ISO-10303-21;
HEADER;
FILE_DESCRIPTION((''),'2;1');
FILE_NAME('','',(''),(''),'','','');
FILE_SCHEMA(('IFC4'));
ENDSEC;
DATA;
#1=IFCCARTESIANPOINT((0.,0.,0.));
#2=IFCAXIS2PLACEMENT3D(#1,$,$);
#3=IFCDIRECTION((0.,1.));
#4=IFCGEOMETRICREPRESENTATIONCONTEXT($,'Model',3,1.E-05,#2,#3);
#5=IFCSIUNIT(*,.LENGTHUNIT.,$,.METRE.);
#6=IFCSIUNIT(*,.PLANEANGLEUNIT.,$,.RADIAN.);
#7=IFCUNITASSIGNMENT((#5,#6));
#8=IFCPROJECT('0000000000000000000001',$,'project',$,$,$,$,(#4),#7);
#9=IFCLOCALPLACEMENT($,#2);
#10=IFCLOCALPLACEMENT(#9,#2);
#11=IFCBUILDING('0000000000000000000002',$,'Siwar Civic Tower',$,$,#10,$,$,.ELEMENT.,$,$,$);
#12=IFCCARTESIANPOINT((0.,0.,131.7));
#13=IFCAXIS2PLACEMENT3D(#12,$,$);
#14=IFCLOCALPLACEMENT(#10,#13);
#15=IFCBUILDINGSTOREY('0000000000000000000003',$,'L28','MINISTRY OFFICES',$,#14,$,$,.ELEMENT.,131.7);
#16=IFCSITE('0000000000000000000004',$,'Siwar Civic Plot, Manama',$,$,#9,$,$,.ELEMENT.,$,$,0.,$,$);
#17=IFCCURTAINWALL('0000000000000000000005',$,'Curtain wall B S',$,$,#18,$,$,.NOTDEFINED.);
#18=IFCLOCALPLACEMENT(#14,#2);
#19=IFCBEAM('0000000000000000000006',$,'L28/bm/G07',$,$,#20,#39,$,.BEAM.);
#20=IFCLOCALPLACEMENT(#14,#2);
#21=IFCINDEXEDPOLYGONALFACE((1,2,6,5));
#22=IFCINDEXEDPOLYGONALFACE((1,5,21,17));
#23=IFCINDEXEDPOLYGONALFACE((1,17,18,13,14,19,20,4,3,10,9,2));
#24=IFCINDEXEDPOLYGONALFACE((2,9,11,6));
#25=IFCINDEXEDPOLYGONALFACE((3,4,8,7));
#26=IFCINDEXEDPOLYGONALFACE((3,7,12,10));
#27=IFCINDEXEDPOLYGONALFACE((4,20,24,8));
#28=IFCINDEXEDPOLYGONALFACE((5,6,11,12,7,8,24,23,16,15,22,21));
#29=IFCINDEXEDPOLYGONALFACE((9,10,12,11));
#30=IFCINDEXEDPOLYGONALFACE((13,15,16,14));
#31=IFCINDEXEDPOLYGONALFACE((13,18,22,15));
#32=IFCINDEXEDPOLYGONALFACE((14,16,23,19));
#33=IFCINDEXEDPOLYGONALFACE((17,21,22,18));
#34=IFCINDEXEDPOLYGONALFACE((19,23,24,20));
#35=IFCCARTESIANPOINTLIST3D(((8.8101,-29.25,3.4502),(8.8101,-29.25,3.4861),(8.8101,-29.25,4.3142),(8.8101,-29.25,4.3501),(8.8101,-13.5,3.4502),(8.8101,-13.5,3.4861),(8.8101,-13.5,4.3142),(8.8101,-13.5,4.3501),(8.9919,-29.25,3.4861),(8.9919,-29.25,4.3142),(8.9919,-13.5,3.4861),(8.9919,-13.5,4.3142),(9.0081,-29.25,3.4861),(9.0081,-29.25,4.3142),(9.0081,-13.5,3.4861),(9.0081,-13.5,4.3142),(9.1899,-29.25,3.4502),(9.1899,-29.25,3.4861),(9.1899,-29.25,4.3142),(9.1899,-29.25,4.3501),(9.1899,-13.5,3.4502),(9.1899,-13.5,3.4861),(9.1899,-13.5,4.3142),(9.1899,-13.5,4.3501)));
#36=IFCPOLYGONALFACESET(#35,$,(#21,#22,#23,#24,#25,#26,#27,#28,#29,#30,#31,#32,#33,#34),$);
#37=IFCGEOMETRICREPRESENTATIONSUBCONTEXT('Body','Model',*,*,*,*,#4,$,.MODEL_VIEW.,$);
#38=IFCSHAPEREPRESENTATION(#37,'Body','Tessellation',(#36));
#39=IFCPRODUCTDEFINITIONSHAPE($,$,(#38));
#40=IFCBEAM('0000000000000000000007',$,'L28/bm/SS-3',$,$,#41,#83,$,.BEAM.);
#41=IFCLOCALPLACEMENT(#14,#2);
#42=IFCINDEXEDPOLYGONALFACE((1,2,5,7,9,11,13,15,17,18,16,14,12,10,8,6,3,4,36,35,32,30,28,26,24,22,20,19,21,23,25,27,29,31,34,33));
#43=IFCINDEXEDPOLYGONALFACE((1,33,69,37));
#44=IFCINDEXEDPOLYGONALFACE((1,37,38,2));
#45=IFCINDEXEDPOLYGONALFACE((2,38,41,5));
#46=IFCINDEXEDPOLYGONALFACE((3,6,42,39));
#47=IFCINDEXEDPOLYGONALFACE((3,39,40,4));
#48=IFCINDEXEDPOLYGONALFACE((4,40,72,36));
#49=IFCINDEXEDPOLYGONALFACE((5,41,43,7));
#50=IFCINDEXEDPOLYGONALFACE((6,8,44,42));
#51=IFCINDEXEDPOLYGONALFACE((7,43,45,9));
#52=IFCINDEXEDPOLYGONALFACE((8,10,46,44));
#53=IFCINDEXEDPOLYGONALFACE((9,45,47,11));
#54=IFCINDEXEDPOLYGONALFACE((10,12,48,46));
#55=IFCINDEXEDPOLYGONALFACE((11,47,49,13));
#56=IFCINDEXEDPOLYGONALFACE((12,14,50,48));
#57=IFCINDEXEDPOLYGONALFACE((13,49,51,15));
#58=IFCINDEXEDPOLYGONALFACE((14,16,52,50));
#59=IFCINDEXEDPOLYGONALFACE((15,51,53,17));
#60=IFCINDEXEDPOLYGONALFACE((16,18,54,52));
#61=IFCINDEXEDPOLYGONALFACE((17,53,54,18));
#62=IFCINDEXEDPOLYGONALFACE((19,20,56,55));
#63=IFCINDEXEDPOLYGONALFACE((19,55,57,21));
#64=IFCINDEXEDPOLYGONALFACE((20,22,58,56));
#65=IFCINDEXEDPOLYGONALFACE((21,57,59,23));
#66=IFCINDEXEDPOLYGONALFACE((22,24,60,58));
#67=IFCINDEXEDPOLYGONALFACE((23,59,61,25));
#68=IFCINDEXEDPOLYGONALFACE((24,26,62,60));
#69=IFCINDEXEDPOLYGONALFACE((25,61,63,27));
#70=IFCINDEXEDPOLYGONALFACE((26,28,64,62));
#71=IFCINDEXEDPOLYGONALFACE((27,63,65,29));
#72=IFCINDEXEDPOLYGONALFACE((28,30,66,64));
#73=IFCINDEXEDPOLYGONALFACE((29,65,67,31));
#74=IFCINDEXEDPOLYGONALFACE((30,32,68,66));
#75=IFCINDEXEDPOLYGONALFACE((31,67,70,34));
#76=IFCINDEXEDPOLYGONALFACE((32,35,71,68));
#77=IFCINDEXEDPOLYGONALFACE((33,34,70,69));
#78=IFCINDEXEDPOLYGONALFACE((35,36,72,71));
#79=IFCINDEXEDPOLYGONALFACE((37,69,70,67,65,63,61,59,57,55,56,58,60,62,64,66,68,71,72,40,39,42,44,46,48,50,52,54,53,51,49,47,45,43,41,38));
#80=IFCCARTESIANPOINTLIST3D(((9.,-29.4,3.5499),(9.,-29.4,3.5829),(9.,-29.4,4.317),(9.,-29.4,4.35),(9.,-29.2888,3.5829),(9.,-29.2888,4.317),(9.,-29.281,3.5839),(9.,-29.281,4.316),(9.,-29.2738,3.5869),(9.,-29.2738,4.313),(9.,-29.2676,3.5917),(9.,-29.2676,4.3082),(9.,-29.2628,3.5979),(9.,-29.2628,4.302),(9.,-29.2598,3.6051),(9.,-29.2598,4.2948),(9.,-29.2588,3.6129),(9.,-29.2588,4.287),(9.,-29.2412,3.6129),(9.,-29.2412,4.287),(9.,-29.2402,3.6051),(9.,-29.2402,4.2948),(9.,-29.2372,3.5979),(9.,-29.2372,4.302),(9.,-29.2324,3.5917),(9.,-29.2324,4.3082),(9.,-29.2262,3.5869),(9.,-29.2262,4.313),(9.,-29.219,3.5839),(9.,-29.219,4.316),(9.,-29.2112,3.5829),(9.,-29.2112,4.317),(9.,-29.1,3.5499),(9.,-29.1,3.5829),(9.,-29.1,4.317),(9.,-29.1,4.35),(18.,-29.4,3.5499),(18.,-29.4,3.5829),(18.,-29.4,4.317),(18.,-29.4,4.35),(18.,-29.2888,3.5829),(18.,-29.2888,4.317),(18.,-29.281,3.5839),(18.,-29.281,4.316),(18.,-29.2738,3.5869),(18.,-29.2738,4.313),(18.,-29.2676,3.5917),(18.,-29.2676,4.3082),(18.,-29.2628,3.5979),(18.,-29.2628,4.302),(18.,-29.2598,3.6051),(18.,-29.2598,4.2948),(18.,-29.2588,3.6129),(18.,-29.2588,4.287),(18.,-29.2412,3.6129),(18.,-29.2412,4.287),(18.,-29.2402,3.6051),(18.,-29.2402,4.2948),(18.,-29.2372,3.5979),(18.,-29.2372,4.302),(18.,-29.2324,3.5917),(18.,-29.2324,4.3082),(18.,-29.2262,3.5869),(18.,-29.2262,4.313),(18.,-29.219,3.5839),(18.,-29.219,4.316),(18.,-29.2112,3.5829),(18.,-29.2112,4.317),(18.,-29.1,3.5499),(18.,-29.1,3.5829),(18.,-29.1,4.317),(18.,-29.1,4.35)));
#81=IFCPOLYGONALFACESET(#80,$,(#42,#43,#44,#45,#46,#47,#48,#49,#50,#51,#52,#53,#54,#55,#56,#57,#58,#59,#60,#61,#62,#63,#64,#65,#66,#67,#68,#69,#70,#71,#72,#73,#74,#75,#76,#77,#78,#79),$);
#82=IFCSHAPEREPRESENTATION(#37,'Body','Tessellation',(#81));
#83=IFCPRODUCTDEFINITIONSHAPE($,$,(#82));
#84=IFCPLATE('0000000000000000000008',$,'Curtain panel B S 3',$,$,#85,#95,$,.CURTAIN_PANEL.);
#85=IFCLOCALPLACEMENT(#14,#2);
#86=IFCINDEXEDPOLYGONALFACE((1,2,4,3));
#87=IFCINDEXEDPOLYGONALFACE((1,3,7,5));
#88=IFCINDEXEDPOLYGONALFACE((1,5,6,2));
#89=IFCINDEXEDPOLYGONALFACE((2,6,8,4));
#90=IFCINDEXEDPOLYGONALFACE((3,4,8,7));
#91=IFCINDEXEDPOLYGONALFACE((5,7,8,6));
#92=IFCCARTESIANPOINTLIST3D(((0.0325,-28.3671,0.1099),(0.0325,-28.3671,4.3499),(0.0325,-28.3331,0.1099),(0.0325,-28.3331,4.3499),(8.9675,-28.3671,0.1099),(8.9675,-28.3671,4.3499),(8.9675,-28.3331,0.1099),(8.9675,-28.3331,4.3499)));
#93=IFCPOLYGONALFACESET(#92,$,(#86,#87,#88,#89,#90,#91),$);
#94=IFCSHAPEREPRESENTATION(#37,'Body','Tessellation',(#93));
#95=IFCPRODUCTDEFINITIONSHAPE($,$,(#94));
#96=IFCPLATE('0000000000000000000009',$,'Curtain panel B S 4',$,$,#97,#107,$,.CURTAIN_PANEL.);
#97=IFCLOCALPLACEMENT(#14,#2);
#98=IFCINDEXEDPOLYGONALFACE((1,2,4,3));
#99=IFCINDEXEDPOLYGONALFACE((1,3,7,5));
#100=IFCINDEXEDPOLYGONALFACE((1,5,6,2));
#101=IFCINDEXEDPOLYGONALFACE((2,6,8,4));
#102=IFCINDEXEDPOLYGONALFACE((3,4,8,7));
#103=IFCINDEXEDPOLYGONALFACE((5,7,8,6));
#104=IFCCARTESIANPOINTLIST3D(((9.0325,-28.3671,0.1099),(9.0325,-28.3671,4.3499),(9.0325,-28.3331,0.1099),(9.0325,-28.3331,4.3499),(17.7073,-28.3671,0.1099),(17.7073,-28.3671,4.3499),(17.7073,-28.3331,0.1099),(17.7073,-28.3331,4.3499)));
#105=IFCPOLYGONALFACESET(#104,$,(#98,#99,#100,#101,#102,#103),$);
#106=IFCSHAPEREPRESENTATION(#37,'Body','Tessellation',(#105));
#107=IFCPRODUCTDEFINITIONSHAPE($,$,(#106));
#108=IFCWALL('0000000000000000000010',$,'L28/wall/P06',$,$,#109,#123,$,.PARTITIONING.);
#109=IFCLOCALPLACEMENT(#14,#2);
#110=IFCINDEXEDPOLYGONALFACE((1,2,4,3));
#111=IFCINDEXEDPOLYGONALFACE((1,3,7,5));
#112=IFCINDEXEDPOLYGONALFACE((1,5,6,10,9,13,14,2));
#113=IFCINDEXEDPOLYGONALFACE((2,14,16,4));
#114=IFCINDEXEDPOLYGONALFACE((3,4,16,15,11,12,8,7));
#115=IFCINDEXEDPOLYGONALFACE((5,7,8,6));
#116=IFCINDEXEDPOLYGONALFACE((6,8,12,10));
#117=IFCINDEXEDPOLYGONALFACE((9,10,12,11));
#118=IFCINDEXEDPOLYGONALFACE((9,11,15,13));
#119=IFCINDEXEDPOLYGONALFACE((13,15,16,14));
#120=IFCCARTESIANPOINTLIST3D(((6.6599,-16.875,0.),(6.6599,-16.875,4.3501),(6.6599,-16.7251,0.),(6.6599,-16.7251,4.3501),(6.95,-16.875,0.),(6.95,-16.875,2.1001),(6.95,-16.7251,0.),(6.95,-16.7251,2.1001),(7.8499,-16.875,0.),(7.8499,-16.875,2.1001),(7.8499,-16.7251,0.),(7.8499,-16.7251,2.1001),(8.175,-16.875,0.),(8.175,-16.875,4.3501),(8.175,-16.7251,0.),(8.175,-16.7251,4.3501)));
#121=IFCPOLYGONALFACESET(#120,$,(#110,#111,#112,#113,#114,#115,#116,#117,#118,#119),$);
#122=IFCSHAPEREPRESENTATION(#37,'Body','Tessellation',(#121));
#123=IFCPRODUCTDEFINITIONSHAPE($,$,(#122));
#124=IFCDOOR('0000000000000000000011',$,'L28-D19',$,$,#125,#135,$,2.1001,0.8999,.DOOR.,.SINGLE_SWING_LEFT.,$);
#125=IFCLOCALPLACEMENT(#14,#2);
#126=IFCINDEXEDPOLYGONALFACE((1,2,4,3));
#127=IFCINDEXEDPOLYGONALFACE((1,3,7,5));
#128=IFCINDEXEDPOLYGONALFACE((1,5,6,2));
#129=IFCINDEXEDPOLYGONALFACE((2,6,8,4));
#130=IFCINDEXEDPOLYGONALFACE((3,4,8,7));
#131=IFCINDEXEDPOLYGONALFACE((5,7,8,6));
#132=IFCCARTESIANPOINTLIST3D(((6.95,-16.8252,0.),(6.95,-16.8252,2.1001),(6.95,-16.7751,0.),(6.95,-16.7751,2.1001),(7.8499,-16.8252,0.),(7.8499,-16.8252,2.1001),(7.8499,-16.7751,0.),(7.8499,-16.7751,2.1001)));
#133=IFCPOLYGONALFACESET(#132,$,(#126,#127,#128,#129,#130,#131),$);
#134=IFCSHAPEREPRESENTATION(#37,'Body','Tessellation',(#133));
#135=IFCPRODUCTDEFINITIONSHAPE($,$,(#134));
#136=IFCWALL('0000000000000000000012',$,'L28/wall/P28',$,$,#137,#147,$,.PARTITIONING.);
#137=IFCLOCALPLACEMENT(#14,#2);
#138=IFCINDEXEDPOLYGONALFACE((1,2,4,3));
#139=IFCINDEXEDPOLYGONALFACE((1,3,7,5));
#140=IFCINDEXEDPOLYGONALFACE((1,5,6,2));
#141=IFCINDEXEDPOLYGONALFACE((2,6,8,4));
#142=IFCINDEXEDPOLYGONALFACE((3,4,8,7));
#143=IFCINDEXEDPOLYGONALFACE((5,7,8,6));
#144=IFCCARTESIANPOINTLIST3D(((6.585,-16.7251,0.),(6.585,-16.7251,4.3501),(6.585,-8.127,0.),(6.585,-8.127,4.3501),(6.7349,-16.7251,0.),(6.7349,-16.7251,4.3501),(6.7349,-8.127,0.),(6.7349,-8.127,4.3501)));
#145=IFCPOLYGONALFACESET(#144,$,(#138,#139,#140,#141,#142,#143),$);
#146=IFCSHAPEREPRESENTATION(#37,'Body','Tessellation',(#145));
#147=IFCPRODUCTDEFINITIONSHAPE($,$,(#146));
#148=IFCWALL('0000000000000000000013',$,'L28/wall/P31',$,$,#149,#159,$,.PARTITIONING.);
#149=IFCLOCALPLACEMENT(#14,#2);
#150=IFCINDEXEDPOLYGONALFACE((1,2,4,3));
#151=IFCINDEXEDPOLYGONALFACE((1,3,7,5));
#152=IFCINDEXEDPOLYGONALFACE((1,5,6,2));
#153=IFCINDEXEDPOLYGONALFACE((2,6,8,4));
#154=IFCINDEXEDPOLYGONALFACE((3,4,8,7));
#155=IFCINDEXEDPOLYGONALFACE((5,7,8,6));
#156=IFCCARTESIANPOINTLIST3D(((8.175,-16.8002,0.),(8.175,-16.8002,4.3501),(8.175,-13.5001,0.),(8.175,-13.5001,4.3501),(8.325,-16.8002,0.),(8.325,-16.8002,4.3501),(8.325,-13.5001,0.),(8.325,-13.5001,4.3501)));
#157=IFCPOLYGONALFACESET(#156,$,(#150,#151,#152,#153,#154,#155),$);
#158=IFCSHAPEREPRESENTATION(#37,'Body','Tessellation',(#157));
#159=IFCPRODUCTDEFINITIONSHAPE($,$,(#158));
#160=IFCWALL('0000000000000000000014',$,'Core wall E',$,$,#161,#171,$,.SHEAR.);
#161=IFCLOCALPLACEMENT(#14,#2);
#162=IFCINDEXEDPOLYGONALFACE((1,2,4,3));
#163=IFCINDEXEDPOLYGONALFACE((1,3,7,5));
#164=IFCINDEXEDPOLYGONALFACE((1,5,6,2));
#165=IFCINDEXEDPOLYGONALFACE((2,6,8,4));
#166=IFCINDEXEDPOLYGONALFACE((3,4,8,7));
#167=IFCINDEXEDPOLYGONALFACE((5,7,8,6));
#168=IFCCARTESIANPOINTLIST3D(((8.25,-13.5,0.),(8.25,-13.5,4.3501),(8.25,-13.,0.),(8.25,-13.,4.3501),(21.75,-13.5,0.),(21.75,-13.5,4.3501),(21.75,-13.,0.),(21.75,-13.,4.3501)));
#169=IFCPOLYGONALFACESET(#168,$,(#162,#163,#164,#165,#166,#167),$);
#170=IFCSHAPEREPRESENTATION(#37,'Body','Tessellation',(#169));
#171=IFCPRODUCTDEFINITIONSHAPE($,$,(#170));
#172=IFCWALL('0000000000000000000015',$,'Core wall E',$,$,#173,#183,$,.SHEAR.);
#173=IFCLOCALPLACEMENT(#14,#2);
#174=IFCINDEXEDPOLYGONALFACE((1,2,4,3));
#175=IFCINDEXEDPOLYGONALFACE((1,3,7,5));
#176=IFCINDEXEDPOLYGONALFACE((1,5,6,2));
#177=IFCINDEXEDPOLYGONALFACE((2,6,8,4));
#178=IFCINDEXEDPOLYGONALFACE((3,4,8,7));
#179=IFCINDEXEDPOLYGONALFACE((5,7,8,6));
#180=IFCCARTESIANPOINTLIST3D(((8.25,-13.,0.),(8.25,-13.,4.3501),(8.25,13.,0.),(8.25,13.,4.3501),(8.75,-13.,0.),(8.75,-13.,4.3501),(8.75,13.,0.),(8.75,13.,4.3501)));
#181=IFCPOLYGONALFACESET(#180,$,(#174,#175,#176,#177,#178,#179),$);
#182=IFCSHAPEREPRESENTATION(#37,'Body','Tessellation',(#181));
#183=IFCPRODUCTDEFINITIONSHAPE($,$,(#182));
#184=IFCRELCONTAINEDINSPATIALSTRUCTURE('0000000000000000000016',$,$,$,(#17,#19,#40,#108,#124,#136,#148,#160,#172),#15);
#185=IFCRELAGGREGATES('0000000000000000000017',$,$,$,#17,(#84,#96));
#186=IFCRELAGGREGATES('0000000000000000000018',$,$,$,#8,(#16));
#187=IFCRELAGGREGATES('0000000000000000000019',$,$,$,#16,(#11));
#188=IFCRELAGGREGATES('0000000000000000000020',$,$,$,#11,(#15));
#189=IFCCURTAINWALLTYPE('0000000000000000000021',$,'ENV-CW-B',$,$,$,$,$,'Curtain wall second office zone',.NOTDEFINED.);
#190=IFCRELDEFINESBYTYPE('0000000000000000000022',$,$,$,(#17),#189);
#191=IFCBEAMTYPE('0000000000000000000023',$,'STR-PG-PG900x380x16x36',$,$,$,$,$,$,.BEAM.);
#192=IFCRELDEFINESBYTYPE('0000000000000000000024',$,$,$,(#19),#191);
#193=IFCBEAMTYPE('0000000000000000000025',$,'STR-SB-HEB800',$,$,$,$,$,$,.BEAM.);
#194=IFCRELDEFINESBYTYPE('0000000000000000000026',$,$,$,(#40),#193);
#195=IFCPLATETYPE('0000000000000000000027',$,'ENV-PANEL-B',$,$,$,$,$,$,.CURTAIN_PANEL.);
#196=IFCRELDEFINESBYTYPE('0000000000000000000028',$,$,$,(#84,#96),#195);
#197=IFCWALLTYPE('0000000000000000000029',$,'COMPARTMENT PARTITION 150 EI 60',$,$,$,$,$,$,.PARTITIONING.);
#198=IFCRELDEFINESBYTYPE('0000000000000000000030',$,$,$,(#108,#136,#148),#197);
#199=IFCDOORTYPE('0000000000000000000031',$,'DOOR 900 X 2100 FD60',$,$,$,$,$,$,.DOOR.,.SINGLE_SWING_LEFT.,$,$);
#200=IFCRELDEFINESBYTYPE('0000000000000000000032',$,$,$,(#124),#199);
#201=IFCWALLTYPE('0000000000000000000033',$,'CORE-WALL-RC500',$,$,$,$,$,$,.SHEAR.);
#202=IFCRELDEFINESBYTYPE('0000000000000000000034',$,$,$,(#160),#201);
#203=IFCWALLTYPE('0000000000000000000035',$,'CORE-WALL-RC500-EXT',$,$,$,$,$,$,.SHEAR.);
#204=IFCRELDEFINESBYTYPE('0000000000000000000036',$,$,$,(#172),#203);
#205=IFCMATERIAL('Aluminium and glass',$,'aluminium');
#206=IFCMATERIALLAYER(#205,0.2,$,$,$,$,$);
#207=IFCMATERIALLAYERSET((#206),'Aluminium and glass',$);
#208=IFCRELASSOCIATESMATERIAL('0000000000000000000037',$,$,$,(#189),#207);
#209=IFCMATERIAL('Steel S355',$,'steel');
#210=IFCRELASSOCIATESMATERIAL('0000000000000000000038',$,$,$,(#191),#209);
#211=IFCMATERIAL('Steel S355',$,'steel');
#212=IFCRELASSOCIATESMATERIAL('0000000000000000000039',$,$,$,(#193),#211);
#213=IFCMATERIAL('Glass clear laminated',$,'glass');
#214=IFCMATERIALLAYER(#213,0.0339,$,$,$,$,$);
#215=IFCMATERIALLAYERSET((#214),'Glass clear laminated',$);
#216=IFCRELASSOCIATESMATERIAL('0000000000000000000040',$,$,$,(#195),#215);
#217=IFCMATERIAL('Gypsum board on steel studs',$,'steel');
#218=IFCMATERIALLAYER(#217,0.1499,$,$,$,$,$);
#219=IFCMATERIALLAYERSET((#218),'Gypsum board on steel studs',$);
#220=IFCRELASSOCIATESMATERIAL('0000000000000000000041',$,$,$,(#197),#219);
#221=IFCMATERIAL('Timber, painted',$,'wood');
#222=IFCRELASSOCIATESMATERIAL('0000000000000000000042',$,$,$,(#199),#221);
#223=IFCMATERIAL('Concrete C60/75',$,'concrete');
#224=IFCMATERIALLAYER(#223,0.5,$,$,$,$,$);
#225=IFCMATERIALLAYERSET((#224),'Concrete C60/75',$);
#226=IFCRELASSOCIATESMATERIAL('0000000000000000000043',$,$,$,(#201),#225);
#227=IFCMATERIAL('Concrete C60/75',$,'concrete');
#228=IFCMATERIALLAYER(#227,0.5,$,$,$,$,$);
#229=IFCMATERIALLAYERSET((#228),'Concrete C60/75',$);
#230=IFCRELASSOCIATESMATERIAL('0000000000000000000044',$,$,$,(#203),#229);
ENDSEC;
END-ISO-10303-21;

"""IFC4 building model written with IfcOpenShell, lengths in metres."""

from ifc_helpers import new_model, si_unit, direction, frame, frame_2d, origin, origin_2d, place, context, subcontext, project, spatial, rectangle, i_section, extrude, material, layer, layer_set, material_profile, profile_set, type_object, element, fill, aggregate, save


model = new_model("IFC4")

# Units and contexts
model_context = context("Model", 3, precision=1e-05, world=origin(), true_north=direction((0.0, 1.0)))
body_context = subcontext(model_context, "Body", "Model", "MODEL_VIEW")
ifc_project = project(units=[si_unit("LENGTHUNIT", "METRE"), si_unit("PLANEANGLEUNIT", "RADIAN")], contexts=[model_context])

# Site, building, storey
site_placement = place(None, origin())
site = spatial("IfcSite", under=ifc_project, at=site_placement, Name="Siwar Civic Plot, Manama", CompositionType="ELEMENT", RefElevation=0.0)
building_placement = place(site_placement, origin())
building = spatial("IfcBuilding", under=site, at=building_placement, Name="Siwar Civic Tower", CompositionType="ELEMENT")
storey_placement = place(building_placement, frame((0.0, 0.0, 131.7)))
storey = spatial("IfcBuildingStorey", under=building, at=storey_placement, Name="L28", Description="MINISTRY OFFICES", CompositionType="ELEMENT", Elevation=131.7)

# Curtain wall
ifc_material_1 = material(Name="Aluminium and glass", Category="aluminium")
ifc_layer_1 = layer(ifc_material_1, 0.2)
ifc_layer_set_1 = layer_set([ifc_layer_1], Name="Aluminium and glass")
curtain_wall_type = type_object("IfcCurtainWallType", Name="ENV-CW-B", ElementType="Curtain wall second office zone", PredefinedType="NOTDEFINED", material=ifc_layer_set_1)
curtain_wall_placement = place(storey_placement, origin())
curtain_wall = element("IfcCurtainWall", 1, at=curtain_wall_placement, inside=storey, type_object=curtain_wall_type, Name="Curtain wall B S", PredefinedType="NOTDEFINED")

# Beams
ifc_material_2 = material(Name="Steel S355", Category="steel")
ifc_material_profile_1 = material_profile(ifc_material_2, i_section(OverallWidth=0.3799, OverallDepth=0.8999, WebThickness=0.0161, FlangeThickness=0.0359, at=origin_2d()), Name="PG900x380x16x36")
ifc_profile_set_1 = profile_set([ifc_material_profile_1], Name="Steel S355")
beam_type_1 = type_object("IfcBeamType", Name="STR-PG-PG900x380x16x36", PredefinedType="BEAM", material=ifc_profile_set_1)
beam_1_placement = place(storey_placement, frame((9.0, -29.25, 3.9001), z_axis=(0.0, 1.0, 0.0), x_axis=(-1.0, 0.0, 0.0)))
element("IfcBeam", 2, at=beam_1_placement, inside=storey, type_object=beam_type_1, Name="L28/bm/G07", PredefinedType="BEAM", context=body_context, shape_type="SweptSolid", body=[
    extrude(i_section(OverallWidth=0.3799, OverallDepth=0.8999, WebThickness=0.0161, FlangeThickness=0.0359, at=origin_2d()), origin(), (0.0, 0.0, 1.0), 15.75),
])
ifc_material_3 = material(Name="Steel S355", Category="steel")
ifc_material_profile_2 = material_profile(ifc_material_3, i_section(OverallWidth=0.3, OverallDepth=0.8, WebThickness=0.0176, FlangeThickness=0.033, FilletRadius=0.03, at=origin_2d()), Name="HEB800")
ifc_profile_set_2 = profile_set([ifc_material_profile_2], Name="Steel S355")
beam_type_2 = type_object("IfcBeamType", Name="STR-SB-HEB800", PredefinedType="BEAM", material=ifc_profile_set_2)
beam_2_placement = place(storey_placement, frame((9.0, -29.25, 3.95), z_axis=(1.0, 0.0, 0.0), x_axis=(0.0, 1.0, 0.0)))
element("IfcBeam", 3, at=beam_2_placement, inside=storey, type_object=beam_type_2, Name="L28/bm/SS-3", PredefinedType="BEAM", context=body_context, shape_type="SweptSolid", body=[
    extrude(i_section(OverallWidth=0.3, OverallDepth=0.8, WebThickness=0.0176, FlangeThickness=0.033, FilletRadius=0.03, at=origin_2d()), origin(), (0.0, 0.0, 1.0), 9.0),
])

# Plates
ifc_material_4 = material(Name="Glass clear laminated", Category="glass")
ifc_layer_2 = layer(ifc_material_4, 0.0339)
ifc_layer_set_2 = layer_set([ifc_layer_2], Name="Glass clear laminated")
plate_type = type_object("IfcPlateType", Name="ENV-PANEL-B", PredefinedType="CURTAIN_PANEL", material=ifc_layer_set_2)
plate_1_placement = place(storey_placement, frame((4.5, -28.3501, 0.1099), z_axis=(0.0, 0.0, 1.0), x_axis=(1.0, 0.0, 0.0)))
plate_1 = element("IfcPlate", 4, at=plate_1_placement, type_object=plate_type, Name="Curtain panel B S 3", PredefinedType="CURTAIN_PANEL", context=body_context, shape_type="SweptSolid", body=[
    extrude(rectangle(XDim=8.9351, YDim=0.0339, at=origin_2d()), origin(), (0.0, 0.0, 1.0), 4.24),
])
plate_2_placement = place(storey_placement, frame((13.3699, -28.3501, 0.1099), z_axis=(0.0, 0.0, 1.0), x_axis=(1.0, 0.0, 0.0)))
plate_2 = element("IfcPlate", 5, at=plate_2_placement, type_object=plate_type, Name="Curtain panel B S 4", PredefinedType="CURTAIN_PANEL", context=body_context, shape_type="SweptSolid", body=[
    extrude(rectangle(XDim=8.6748, YDim=0.0339, at=origin_2d()), origin(), (0.0, 0.0, 1.0), 4.24),
])
aggregate(curtain_wall, [plate_1, plate_2])

# Wall, opening, door
ifc_material_5 = material(Name="Gypsum board on steel studs", Category="steel")
ifc_layer_3 = layer(ifc_material_5, 0.1499)
ifc_layer_set_3 = layer_set([ifc_layer_3], Name="Gypsum board on steel studs")
wall_type_1 = type_object("IfcWallType", Name="COMPARTMENT PARTITION 150 EI 60", PredefinedType="PARTITIONING", material=ifc_layer_set_3)
wall_1_placement = place(storey_placement, frame((6.6599, -16.8, 0.0), z_axis=(0.0, 0.0, 1.0), x_axis=(1.0, 0.0, 0.0)))
wall_1 = element("IfcWall", 6, at=wall_1_placement, inside=storey, type_object=wall_type_1, Name="L28/wall/P06", PredefinedType="PARTITIONING", context=body_context, shape_type="SweptSolid", body=[
    extrude(rectangle(XDim=1.5151, YDim=0.1499, at=frame_2d((0.7576, 0.0))), origin(), (0.0, 0.0, 1.0), 4.3501),
])
opening_placement = place(wall_1_placement, frame((0.29, 0.0, 0.0)))
opening = element("IfcOpeningElement", 7, at=opening_placement, cuts=wall_1, PredefinedType="OPENING", context=body_context, shape_type="SweptSolid", body=[
    extrude(rectangle(XDim=0.8999, YDim=2.1001, at=frame_2d((0.45, 1.05))), frame((0.0, 0.085, 0.0), z_axis=(0.0, -1.0, 0.0), x_axis=(1.0, 0.0, 0.0)), (0.0, 0.0, 1.0), 0.1699),
])
ifc_material_6 = material(Name="Timber, painted", Category="wood")
door_type = type_object("IfcDoorType", Name="DOOR 900 X 2100 FD60", OperationType="SINGLE_SWING_LEFT", PredefinedType="DOOR", material=ifc_material_6)
door_placement = place(opening_placement, origin())
door = element("IfcDoor", 8, at=door_placement, inside=storey, type_object=door_type, Name="L28-D19", OperationType="SINGLE_SWING_LEFT", OverallHeight=2.1001, OverallWidth=0.8999, PredefinedType="DOOR", context=body_context, shape_type="SweptSolid", body=[
    extrude(rectangle(XDim=0.8999, YDim=2.1001, at=frame_2d((0.45, 1.05))), frame((0.0, 0.0249, 0.0), z_axis=(0.0, -1.0, 0.0), x_axis=(1.0, 0.0, 0.0)), (0.0, 0.0, 1.0), 0.05),
])
fill(opening, door)

# Walls
wall_2_placement = place(storey_placement, frame((6.6599, -16.7251, 0.0), z_axis=(0.0, 0.0, 1.0), x_axis=(0.0, 1.0, 0.0)))
element("IfcWall", 9, at=wall_2_placement, inside=storey, type_object=wall_type_1, Name="L28/wall/P28", PredefinedType="PARTITIONING", context=body_context, shape_type="SweptSolid", body=[
    extrude(rectangle(XDim=8.5981, YDim=0.1499, at=frame_2d((4.2991, 0.0))), origin(), (0.0, 0.0, 1.0), 4.3501),
])
wall_3_placement = place(storey_placement, frame((8.25, -16.8, 0.0), z_axis=(0.0, 0.0, 1.0), x_axis=(0.0, 1.0, 0.0)))
element("IfcWall", 10, at=wall_3_placement, inside=storey, type_object=wall_type_1, Name="L28/wall/P31", PredefinedType="PARTITIONING", context=body_context, shape_type="SweptSolid", body=[
    extrude(rectangle(XDim=3.3, YDim=0.1499, at=frame_2d((1.6499, 0.0))), origin(), (0.0, 0.0, 1.0), 4.3501),
])
ifc_material_7 = material(Name="Concrete C60/75", Category="concrete")
ifc_layer_4 = layer(ifc_material_7, 0.5)
ifc_layer_set_4 = layer_set([ifc_layer_4], Name="Concrete C60/75")
wall_type_2 = type_object("IfcWallType", Name="CORE-WALL-RC500", PredefinedType="SHEAR", material=ifc_layer_set_4)
wall_4_placement = place(storey_placement, frame((8.25, -13.25, 0.0), z_axis=(0.0, 0.0, 1.0), x_axis=(1.0, 0.0, 0.0)))
element("IfcWall", 11, at=wall_4_placement, inside=storey, type_object=wall_type_2, Name="Core wall E", PredefinedType="SHEAR", context=body_context, shape_type="SweptSolid", body=[
    extrude(rectangle(XDim=13.5, YDim=0.5, at=frame_2d((6.75, 0.0))), origin(), (0.0, 0.0, 1.0), 4.3501),
])
ifc_material_8 = material(Name="Concrete C60/75", Category="concrete")
ifc_layer_5 = layer(ifc_material_8, 0.5)
ifc_layer_set_5 = layer_set([ifc_layer_5], Name="Concrete C60/75")
wall_type_3 = type_object("IfcWallType", Name="CORE-WALL-RC500-EXT", PredefinedType="SHEAR", material=ifc_layer_set_5)
wall_5_placement = place(storey_placement, frame((8.5, -13.0, 0.0), z_axis=(0.0, 0.0, 1.0), x_axis=(0.0, 1.0, 0.0)))
element("IfcWall", 12, at=wall_5_placement, inside=storey, type_object=wall_type_3, Name="Core wall E", PredefinedType="SHEAR", context=body_context, shape_type="SweptSolid", body=[
    extrude(rectangle(XDim=26.0, YDim=0.5, at=frame_2d((13.0, 0.0))), origin(), (0.0, 0.0, 1.0), 4.3501),
])

save(model, "model.ifc")
